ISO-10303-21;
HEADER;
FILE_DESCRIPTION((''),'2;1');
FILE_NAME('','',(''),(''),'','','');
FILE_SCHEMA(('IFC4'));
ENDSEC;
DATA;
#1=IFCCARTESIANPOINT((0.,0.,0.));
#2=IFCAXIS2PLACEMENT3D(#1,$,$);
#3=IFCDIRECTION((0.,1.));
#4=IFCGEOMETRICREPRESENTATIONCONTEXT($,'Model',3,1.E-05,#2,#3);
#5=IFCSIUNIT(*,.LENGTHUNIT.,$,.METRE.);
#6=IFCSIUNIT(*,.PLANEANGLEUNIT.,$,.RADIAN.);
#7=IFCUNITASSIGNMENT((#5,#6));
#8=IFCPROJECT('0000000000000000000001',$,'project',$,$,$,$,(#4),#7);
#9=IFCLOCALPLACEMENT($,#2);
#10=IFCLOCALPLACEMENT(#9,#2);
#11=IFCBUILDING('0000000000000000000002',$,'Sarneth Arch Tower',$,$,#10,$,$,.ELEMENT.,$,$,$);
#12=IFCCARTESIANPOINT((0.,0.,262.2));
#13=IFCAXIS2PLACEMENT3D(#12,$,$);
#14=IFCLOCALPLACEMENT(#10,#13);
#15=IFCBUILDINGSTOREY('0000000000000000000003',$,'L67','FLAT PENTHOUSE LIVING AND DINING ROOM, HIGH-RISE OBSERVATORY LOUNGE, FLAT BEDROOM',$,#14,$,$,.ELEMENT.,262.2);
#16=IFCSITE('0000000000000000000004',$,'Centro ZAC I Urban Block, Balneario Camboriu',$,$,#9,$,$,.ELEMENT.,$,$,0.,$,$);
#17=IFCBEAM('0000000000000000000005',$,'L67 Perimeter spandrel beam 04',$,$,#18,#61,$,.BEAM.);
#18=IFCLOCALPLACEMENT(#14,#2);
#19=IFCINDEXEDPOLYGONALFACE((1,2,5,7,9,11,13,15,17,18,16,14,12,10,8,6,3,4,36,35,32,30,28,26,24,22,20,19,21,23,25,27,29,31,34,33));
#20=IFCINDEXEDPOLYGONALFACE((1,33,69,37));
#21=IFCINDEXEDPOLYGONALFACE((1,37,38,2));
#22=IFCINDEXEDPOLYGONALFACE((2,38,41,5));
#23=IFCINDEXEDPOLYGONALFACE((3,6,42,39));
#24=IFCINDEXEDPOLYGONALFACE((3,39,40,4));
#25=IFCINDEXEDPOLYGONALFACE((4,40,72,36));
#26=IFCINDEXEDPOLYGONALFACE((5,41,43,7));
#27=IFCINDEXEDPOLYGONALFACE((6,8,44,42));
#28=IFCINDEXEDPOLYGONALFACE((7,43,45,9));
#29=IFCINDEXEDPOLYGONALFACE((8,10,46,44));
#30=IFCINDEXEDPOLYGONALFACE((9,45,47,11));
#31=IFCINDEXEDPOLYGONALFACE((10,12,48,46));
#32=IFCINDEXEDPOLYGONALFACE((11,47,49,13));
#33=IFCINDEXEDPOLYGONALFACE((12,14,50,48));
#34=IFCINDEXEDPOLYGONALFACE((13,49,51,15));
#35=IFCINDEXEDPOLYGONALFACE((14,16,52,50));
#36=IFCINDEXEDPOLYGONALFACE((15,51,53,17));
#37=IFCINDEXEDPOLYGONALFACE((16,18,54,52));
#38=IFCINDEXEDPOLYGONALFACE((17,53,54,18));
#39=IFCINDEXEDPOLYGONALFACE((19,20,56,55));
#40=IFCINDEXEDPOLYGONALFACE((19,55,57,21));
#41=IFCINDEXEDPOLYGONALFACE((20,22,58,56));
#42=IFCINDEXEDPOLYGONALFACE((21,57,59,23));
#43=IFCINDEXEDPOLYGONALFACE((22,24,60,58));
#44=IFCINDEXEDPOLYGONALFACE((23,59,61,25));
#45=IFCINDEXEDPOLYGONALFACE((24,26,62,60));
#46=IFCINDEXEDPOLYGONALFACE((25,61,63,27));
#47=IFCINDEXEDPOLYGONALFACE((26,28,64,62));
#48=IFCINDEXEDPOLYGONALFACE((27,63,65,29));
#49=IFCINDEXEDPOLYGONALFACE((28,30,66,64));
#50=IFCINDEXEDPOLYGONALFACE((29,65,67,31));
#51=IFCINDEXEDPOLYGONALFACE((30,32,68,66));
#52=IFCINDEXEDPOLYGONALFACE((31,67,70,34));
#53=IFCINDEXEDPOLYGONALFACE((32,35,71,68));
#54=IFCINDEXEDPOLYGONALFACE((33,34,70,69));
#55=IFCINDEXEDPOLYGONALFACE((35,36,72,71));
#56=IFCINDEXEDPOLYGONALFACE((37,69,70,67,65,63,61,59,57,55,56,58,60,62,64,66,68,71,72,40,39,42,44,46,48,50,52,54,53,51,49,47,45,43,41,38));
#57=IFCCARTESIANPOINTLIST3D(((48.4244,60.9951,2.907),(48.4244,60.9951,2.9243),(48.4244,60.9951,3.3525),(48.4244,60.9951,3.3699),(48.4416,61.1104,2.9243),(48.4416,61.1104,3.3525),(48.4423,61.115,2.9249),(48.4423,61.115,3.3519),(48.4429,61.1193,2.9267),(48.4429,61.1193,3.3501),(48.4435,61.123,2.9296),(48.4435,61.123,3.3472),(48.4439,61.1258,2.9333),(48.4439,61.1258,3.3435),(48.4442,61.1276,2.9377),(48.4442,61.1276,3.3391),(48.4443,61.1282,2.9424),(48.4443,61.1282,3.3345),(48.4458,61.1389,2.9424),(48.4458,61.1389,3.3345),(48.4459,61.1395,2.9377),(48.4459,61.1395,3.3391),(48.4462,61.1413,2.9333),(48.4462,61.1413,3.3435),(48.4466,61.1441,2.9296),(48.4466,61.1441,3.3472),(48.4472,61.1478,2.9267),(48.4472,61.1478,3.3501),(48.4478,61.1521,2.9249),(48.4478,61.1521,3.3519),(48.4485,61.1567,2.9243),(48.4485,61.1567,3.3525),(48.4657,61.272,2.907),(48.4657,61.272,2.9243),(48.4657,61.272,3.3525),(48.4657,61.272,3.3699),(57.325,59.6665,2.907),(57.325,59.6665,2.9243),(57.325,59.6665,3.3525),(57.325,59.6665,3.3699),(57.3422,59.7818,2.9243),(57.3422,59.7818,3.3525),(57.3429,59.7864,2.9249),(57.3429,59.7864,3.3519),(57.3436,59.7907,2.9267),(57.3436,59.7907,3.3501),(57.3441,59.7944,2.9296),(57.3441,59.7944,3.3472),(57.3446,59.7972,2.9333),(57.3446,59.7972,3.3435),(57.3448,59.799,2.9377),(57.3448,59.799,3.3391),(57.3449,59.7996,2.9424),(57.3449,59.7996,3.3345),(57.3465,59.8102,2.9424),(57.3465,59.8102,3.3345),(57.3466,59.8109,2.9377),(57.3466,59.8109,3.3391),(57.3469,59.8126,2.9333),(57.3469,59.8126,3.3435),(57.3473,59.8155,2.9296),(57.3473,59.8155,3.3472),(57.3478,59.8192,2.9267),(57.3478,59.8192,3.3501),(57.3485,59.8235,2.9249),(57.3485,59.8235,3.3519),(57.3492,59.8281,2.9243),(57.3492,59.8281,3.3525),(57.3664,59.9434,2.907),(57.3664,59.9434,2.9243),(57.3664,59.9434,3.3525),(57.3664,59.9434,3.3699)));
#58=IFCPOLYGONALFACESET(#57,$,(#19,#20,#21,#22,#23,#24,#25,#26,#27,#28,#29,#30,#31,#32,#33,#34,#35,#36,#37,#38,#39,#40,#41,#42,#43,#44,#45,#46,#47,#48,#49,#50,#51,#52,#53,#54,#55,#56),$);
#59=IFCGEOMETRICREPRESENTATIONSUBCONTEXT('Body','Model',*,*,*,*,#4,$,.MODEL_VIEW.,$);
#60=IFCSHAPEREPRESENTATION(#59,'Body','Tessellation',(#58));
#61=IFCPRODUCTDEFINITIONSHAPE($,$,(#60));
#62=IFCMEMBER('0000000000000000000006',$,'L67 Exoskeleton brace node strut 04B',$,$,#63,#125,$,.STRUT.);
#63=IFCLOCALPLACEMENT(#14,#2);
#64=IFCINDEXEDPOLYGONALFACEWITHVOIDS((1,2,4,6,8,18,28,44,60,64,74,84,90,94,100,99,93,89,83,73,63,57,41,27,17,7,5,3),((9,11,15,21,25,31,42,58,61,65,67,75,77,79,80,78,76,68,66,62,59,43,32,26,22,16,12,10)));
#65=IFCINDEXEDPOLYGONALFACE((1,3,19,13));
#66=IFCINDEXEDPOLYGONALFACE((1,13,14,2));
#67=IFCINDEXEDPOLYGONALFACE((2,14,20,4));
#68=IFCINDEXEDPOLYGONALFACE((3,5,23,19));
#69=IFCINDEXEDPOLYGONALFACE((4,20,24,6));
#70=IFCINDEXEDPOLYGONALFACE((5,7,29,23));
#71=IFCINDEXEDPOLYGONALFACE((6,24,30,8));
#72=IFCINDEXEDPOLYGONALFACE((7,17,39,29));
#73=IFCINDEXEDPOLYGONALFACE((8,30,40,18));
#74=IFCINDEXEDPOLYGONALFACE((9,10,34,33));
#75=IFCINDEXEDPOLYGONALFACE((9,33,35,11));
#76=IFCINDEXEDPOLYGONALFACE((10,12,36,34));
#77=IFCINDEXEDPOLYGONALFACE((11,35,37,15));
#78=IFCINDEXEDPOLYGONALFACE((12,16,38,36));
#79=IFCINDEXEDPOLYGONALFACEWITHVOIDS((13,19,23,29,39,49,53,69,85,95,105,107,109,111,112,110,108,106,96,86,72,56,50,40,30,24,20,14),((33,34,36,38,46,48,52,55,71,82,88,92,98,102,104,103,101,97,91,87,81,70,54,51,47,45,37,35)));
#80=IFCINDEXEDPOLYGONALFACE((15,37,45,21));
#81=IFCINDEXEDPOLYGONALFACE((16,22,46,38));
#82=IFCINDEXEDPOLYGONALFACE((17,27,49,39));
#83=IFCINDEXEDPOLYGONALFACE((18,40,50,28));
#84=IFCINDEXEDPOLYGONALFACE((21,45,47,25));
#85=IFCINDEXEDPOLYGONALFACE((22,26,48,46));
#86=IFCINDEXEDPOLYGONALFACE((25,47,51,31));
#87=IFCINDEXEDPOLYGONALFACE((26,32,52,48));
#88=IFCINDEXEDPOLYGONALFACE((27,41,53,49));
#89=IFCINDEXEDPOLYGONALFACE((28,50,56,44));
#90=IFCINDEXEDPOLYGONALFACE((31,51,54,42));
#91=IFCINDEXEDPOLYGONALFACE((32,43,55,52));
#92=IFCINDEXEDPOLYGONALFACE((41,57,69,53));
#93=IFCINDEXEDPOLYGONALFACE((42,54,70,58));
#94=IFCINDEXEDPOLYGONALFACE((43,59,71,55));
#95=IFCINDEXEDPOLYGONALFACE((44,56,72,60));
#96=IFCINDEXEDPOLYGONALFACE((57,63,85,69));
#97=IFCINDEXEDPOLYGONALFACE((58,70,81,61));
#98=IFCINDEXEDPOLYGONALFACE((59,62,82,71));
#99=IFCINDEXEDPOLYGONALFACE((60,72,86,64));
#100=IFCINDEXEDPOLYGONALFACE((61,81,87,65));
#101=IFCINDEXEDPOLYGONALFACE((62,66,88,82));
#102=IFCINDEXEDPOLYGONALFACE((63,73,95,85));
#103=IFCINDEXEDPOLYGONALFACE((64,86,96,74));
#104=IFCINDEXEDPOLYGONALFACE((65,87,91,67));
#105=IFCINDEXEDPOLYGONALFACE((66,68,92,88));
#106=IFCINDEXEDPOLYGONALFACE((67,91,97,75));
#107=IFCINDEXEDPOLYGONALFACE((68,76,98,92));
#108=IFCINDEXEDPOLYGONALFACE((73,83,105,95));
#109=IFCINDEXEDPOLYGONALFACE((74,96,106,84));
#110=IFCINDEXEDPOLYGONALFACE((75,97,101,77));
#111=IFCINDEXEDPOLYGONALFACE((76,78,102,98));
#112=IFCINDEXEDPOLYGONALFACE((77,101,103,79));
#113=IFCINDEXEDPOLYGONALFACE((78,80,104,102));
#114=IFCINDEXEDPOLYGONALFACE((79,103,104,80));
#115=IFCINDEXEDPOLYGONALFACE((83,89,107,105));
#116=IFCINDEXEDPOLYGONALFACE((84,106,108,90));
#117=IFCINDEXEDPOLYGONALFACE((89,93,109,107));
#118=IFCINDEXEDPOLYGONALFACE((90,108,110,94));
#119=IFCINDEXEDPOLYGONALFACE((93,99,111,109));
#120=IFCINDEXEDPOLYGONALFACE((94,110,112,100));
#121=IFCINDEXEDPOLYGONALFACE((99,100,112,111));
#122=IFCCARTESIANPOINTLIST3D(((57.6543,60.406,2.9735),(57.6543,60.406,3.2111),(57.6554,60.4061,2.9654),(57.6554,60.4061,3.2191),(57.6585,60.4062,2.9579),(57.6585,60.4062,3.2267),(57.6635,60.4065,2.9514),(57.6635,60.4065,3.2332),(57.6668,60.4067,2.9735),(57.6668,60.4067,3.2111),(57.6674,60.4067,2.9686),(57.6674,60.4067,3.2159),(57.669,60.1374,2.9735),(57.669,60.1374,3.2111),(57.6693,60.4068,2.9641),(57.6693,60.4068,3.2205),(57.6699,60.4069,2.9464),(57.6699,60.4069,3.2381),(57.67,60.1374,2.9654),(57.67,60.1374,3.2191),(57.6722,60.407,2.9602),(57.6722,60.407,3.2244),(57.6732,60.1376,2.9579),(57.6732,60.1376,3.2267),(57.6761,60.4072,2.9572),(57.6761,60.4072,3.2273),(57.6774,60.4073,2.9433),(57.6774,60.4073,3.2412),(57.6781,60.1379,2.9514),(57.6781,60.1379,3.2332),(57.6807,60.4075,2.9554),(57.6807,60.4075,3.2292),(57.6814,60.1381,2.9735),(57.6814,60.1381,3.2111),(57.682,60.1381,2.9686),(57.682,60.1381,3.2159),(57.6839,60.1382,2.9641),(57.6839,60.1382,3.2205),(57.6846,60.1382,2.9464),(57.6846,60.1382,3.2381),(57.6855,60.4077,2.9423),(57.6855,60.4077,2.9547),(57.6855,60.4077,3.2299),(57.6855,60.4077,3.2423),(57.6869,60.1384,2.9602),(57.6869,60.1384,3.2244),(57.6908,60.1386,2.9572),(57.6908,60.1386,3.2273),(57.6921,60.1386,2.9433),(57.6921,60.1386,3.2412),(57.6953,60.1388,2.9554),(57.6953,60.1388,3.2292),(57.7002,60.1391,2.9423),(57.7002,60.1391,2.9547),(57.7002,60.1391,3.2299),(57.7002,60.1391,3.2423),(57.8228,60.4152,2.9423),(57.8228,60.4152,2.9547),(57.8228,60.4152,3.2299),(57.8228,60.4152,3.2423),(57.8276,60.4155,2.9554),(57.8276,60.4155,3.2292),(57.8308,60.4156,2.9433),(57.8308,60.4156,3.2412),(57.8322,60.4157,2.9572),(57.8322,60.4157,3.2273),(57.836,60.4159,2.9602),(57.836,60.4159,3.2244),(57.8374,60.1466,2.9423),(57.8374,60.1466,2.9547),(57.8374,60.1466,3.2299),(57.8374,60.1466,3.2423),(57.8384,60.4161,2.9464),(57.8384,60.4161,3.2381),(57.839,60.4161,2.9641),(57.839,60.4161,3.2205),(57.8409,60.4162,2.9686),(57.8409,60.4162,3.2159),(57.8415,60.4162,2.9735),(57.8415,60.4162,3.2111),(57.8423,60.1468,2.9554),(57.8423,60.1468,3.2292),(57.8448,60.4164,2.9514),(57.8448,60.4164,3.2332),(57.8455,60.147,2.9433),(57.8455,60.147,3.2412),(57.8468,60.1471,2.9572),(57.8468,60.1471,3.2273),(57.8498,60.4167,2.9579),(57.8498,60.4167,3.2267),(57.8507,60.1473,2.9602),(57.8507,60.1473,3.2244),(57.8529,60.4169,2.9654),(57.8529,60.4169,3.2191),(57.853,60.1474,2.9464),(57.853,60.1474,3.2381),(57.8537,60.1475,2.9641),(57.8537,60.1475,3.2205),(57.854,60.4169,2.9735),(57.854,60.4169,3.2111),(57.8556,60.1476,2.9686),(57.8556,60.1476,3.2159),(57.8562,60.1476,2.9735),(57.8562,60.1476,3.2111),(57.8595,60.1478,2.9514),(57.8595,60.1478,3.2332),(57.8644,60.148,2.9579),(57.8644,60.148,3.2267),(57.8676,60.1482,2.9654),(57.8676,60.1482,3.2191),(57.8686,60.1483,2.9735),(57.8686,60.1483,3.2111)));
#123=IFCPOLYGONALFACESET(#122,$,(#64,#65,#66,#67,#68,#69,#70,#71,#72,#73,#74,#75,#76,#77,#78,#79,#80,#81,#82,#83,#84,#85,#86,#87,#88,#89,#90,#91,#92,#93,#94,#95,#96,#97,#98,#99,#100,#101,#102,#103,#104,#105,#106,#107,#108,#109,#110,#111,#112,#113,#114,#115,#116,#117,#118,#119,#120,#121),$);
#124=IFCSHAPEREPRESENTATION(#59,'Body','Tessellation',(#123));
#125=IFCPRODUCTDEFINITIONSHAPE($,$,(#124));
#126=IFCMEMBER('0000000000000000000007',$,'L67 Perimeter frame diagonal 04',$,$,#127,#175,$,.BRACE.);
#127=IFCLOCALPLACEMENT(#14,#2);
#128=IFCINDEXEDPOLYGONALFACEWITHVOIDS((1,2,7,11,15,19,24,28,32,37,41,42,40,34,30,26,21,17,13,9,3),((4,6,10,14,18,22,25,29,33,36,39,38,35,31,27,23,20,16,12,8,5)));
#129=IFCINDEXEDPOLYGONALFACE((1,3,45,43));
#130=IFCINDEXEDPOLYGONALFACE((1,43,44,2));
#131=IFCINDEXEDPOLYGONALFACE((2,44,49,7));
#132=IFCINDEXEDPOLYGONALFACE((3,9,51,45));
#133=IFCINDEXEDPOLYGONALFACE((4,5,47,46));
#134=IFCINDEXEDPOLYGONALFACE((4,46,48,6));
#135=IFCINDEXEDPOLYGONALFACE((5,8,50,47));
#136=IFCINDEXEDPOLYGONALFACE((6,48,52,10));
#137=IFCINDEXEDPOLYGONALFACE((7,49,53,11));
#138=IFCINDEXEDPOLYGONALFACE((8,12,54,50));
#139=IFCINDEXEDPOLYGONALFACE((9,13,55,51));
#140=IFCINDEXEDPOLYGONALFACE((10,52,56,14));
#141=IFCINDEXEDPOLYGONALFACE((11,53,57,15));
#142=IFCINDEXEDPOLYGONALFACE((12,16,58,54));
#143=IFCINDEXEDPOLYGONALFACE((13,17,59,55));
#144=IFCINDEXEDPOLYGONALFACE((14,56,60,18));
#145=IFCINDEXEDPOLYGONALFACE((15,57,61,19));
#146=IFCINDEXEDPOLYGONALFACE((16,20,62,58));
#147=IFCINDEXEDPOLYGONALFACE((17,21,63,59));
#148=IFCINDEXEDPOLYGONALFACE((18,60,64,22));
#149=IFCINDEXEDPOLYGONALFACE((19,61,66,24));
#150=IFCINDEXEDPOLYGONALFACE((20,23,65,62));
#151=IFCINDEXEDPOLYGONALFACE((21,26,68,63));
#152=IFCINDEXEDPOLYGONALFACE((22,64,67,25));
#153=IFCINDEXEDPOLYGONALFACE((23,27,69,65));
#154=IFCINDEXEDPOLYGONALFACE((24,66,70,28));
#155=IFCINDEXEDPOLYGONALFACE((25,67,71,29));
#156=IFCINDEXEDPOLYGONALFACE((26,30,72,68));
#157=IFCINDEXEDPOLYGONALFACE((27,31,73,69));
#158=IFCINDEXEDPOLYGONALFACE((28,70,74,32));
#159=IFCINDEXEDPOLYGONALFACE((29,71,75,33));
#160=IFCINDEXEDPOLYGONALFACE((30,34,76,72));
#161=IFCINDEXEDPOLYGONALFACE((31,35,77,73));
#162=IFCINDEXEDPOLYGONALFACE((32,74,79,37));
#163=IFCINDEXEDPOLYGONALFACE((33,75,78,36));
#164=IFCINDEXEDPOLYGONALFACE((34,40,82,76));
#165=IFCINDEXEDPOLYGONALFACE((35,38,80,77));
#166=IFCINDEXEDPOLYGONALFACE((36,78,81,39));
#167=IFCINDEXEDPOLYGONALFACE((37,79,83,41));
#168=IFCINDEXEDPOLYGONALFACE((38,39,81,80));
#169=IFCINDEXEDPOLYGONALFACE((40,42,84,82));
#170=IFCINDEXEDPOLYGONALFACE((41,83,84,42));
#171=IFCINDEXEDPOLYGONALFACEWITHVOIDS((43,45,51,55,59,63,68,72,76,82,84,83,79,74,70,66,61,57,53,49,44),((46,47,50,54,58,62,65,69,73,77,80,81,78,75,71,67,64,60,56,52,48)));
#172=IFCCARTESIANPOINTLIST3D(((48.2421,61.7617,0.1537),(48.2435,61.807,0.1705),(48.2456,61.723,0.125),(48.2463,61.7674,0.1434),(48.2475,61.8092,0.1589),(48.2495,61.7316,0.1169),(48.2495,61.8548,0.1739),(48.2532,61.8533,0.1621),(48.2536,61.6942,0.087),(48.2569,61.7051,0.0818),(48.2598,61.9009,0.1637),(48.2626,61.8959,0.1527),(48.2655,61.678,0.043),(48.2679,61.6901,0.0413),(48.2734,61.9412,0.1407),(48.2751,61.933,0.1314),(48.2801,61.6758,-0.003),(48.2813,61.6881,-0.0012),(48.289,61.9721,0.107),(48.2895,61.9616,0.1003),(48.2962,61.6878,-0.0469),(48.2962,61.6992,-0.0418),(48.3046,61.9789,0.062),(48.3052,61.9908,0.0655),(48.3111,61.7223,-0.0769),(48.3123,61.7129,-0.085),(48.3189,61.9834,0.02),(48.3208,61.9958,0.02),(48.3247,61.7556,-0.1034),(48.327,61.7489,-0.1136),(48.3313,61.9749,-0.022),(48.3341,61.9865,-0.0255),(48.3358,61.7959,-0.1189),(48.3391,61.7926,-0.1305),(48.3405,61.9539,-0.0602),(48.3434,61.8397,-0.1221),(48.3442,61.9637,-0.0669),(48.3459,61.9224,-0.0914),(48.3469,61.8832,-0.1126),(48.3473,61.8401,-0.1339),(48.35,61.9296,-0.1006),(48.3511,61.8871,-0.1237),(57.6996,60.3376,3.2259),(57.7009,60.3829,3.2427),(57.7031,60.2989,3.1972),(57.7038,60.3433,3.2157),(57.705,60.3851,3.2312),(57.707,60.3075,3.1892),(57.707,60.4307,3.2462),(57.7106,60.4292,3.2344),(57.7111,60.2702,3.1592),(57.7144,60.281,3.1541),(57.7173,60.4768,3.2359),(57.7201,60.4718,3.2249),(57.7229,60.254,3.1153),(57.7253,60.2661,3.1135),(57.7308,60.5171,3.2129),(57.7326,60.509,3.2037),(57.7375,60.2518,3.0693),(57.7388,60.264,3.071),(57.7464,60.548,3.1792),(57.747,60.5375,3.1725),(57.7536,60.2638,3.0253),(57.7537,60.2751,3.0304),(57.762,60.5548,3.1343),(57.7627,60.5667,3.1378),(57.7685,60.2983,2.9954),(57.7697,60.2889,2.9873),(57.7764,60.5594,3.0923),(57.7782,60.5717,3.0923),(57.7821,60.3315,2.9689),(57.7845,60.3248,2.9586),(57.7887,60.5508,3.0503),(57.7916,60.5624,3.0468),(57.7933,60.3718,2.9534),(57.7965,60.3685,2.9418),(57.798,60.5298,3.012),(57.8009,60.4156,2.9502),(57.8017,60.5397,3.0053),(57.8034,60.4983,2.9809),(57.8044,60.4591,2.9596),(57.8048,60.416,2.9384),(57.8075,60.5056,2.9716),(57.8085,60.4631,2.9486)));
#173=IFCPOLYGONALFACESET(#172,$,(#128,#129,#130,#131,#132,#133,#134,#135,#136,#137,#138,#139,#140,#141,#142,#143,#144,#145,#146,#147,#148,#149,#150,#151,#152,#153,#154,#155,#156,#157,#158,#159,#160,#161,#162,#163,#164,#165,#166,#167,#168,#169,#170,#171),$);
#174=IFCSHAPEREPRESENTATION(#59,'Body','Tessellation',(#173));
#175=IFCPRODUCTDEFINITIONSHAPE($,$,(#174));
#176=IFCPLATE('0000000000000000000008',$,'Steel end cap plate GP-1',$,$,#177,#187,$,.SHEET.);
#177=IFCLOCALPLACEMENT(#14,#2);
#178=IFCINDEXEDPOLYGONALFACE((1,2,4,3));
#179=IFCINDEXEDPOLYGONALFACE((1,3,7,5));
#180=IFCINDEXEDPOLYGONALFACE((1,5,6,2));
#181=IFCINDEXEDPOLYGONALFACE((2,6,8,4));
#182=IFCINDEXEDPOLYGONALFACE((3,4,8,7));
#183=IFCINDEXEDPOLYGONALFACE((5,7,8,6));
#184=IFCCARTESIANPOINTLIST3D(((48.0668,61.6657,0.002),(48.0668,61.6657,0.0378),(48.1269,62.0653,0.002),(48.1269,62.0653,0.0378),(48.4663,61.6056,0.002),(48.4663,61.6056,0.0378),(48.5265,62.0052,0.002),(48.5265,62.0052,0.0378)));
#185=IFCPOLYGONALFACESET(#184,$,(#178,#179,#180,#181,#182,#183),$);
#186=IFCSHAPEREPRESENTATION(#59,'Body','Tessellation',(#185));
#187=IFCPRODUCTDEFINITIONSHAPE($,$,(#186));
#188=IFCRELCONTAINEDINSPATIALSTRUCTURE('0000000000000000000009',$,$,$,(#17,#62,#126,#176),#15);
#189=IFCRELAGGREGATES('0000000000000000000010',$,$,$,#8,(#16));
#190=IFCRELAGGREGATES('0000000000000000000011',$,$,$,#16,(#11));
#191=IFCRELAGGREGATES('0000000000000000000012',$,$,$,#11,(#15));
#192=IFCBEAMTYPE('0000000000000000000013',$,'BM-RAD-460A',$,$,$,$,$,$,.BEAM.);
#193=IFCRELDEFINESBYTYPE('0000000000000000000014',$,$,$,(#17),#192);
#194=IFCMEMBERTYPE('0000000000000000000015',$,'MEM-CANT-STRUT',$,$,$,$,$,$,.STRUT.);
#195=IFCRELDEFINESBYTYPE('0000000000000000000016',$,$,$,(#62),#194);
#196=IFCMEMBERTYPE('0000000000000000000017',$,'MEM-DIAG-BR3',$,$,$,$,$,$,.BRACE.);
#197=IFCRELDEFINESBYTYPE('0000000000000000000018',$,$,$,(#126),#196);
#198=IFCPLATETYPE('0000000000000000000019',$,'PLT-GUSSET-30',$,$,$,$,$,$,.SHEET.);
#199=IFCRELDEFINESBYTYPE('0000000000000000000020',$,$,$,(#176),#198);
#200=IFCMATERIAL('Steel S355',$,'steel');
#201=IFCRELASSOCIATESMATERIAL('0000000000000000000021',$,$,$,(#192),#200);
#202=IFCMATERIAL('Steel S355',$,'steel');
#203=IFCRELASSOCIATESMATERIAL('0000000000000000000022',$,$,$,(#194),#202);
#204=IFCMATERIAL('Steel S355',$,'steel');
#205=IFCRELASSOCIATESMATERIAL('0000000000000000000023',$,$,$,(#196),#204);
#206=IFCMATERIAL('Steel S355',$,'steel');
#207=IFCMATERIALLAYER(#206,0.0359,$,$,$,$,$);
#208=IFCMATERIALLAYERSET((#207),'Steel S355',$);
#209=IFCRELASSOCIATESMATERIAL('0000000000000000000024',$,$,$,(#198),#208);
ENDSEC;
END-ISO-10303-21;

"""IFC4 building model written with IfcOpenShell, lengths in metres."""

from ifc_helpers import new_model, si_unit, direction, frame, origin, origin_2d, place, context, subcontext, project, spatial, rectangle, hollow_rectangle, hollow_circle, i_section, extrude, material, layer, layer_set, material_profile, profile_set, type_object, element, save


model = new_model("IFC4")

# Units and contexts
model_context = context("Model", 3, precision=1e-05, world=origin(), true_north=direction((0.0, 1.0)))
body_context = subcontext(model_context, "Body", "Model", "MODEL_VIEW")
ifc_project = project(units=[si_unit("LENGTHUNIT", "METRE"), si_unit("PLANEANGLEUNIT", "RADIAN")], contexts=[model_context])

# Site, building, storey
site_placement = place(None, origin())
site = spatial("IfcSite", under=ifc_project, at=site_placement, Name="Centro ZAC I Urban Block, Balneario Camboriu", CompositionType="ELEMENT", RefElevation=0.0)
building_placement = place(site_placement, origin())
building = spatial("IfcBuilding", under=site, at=building_placement, Name="Sarneth Arch Tower", CompositionType="ELEMENT")
storey_placement = place(building_placement, frame((0.0, 0.0, 262.2)))
storey = spatial("IfcBuildingStorey", under=building, at=storey_placement, Name="L67", Description="FLAT PENTHOUSE LIVING AND DINING ROOM, HIGH-RISE OBSERVATORY LOUNGE, FLAT BEDROOM", CompositionType="ELEMENT", Elevation=262.2)

# Beam
ifc_material_1 = material(Name="Steel S355", Category="steel")
ifc_material_profile_1 = material_profile(ifc_material_1, i_section(OverallWidth=0.28, OverallDepth=0.4629, WebThickness=0.0107, FlangeThickness=0.0173, FilletRadius=0.0181, at=origin_2d()), Name="W460x113")
ifc_profile_set_1 = profile_set([ifc_material_profile_1], Name="Steel S355")
beam_type_1 = type_object("IfcBeamType", Name="BM-RAD-460A", PredefinedType="BEAM", material=ifc_profile_set_1)
beam_1_placement = place(storey_placement, frame((57.3457, 59.8049, 3.1384), z_axis=(-0.989042, 0.147636, 0.0), x_axis=(-0.147636, -0.989042, 0.0)))
element("IfcBeam", 1, at=beam_1_placement, inside=storey, type_object=beam_type_1, Name="L67 Perimeter spandrel beam 04", PredefinedType="BEAM", context=body_context, shape_type="SweptSolid", body=[
    extrude(i_section(OverallWidth=0.28, OverallDepth=0.4629, WebThickness=0.0107, FlangeThickness=0.0173, FilletRadius=0.0181, at=origin_2d()), origin(), (0.0, 0.0, 1.0), 8.9993),
])

# Members
ifc_material_2 = material(Name="Steel S355", Category="steel")
ifc_material_profile_2 = material_profile(ifc_material_2, hollow_rectangle(XDim=0.2, YDim=0.3, WallThickness=0.0125, InnerFilletRadius=0.0188, OuterFilletRadius=0.0312, at=origin_2d()), Name="RHS300x200x12.5")
ifc_profile_set_2 = profile_set([ifc_material_profile_2], Name="Steel S355")
member_type_1 = type_object("IfcMemberType", Name="MEM-CANT-STRUT", PredefinedType="STRUT", material=ifc_profile_set_2)
member_1_placement = place(storey_placement, frame((57.7688, 60.1428, 3.0923), z_axis=(-0.054464, 0.998516, 0.0), x_axis=(-0.998516, -0.054464, 0.0)))
element("IfcMember", 2, at=member_1_placement, inside=storey, type_object=member_type_1, Name="L67 Exoskeleton brace node strut 04B", PredefinedType="STRUT", context=body_context, shape_type="SweptSolid", body=[
    extrude(hollow_rectangle(XDim=0.2, YDim=0.3, WallThickness=0.0125, InnerFilletRadius=0.0188, OuterFilletRadius=0.0312, at=origin_2d()), origin(), (0.0, 0.0, 1.0), 0.269),
])
ifc_material_3 = material(Name="Steel S355", Category="steel")
ifc_material_profile_3 = material_profile(ifc_material_3, hollow_circle(Radius=0.1621, WallThickness=0.0125, at=origin_2d()), Name="CHS324x12.5")
ifc_profile_set_3 = profile_set([ifc_material_profile_3], Name="Steel S355")
member_type_2 = type_object("IfcMemberType", Name="MEM-DIAG-BR3", PredefinedType="BRACE", material=ifc_profile_set_3)
member_2_placement = place(storey_placement, frame((48.2966, 61.8354, 0.02), z_axis=(0.941471, -0.141763, 0.305836), x_axis=(0.148897, 0.988853, 0.0)))
element("IfcMember", 3, at=member_2_placement, inside=storey, type_object=member_type_2, Name="L67 Perimeter frame diagonal 04", PredefinedType="BRACE", context=body_context, shape_type="SweptSolid", body=[
    extrude(hollow_circle(Radius=0.1621, WallThickness=0.0125, at=origin_2d()), origin(), (0.0, 0.0, 1.0), 10.0454),
])

# Plate
ifc_material_4 = material(Name="Steel S355", Category="steel")
ifc_layer_1 = layer(ifc_material_4, 0.0359)
ifc_layer_set_1 = layer_set([ifc_layer_1], Name="Steel S355")
plate_type_1 = type_object("IfcPlateType", Name="PLT-GUSSET-30", PredefinedType="SHEET", material=ifc_layer_set_1)
for number, where, z_axis, x_axis, name in (
    (4, (48.2966, 61.8354, 0.002), (0.0, 0.0, 1.0), (-0.988861, 0.148845, 0.0), "Steel end cap plate GP-1"),
):
    element("IfcPlate", number, at=place(storey_placement, frame(where, z_axis=z_axis, x_axis=x_axis)), inside=storey, type_object=plate_type_1, Name=name, PredefinedType="SHEET", context=body_context, shape_type="SweptSolid", body=[
        extrude(rectangle(XDim=0.4041, YDim=0.4041, at=origin_2d()), origin(), (0.0, 0.0, 1.0), 0.0359),
    ])

save(model, "model.ifc")
